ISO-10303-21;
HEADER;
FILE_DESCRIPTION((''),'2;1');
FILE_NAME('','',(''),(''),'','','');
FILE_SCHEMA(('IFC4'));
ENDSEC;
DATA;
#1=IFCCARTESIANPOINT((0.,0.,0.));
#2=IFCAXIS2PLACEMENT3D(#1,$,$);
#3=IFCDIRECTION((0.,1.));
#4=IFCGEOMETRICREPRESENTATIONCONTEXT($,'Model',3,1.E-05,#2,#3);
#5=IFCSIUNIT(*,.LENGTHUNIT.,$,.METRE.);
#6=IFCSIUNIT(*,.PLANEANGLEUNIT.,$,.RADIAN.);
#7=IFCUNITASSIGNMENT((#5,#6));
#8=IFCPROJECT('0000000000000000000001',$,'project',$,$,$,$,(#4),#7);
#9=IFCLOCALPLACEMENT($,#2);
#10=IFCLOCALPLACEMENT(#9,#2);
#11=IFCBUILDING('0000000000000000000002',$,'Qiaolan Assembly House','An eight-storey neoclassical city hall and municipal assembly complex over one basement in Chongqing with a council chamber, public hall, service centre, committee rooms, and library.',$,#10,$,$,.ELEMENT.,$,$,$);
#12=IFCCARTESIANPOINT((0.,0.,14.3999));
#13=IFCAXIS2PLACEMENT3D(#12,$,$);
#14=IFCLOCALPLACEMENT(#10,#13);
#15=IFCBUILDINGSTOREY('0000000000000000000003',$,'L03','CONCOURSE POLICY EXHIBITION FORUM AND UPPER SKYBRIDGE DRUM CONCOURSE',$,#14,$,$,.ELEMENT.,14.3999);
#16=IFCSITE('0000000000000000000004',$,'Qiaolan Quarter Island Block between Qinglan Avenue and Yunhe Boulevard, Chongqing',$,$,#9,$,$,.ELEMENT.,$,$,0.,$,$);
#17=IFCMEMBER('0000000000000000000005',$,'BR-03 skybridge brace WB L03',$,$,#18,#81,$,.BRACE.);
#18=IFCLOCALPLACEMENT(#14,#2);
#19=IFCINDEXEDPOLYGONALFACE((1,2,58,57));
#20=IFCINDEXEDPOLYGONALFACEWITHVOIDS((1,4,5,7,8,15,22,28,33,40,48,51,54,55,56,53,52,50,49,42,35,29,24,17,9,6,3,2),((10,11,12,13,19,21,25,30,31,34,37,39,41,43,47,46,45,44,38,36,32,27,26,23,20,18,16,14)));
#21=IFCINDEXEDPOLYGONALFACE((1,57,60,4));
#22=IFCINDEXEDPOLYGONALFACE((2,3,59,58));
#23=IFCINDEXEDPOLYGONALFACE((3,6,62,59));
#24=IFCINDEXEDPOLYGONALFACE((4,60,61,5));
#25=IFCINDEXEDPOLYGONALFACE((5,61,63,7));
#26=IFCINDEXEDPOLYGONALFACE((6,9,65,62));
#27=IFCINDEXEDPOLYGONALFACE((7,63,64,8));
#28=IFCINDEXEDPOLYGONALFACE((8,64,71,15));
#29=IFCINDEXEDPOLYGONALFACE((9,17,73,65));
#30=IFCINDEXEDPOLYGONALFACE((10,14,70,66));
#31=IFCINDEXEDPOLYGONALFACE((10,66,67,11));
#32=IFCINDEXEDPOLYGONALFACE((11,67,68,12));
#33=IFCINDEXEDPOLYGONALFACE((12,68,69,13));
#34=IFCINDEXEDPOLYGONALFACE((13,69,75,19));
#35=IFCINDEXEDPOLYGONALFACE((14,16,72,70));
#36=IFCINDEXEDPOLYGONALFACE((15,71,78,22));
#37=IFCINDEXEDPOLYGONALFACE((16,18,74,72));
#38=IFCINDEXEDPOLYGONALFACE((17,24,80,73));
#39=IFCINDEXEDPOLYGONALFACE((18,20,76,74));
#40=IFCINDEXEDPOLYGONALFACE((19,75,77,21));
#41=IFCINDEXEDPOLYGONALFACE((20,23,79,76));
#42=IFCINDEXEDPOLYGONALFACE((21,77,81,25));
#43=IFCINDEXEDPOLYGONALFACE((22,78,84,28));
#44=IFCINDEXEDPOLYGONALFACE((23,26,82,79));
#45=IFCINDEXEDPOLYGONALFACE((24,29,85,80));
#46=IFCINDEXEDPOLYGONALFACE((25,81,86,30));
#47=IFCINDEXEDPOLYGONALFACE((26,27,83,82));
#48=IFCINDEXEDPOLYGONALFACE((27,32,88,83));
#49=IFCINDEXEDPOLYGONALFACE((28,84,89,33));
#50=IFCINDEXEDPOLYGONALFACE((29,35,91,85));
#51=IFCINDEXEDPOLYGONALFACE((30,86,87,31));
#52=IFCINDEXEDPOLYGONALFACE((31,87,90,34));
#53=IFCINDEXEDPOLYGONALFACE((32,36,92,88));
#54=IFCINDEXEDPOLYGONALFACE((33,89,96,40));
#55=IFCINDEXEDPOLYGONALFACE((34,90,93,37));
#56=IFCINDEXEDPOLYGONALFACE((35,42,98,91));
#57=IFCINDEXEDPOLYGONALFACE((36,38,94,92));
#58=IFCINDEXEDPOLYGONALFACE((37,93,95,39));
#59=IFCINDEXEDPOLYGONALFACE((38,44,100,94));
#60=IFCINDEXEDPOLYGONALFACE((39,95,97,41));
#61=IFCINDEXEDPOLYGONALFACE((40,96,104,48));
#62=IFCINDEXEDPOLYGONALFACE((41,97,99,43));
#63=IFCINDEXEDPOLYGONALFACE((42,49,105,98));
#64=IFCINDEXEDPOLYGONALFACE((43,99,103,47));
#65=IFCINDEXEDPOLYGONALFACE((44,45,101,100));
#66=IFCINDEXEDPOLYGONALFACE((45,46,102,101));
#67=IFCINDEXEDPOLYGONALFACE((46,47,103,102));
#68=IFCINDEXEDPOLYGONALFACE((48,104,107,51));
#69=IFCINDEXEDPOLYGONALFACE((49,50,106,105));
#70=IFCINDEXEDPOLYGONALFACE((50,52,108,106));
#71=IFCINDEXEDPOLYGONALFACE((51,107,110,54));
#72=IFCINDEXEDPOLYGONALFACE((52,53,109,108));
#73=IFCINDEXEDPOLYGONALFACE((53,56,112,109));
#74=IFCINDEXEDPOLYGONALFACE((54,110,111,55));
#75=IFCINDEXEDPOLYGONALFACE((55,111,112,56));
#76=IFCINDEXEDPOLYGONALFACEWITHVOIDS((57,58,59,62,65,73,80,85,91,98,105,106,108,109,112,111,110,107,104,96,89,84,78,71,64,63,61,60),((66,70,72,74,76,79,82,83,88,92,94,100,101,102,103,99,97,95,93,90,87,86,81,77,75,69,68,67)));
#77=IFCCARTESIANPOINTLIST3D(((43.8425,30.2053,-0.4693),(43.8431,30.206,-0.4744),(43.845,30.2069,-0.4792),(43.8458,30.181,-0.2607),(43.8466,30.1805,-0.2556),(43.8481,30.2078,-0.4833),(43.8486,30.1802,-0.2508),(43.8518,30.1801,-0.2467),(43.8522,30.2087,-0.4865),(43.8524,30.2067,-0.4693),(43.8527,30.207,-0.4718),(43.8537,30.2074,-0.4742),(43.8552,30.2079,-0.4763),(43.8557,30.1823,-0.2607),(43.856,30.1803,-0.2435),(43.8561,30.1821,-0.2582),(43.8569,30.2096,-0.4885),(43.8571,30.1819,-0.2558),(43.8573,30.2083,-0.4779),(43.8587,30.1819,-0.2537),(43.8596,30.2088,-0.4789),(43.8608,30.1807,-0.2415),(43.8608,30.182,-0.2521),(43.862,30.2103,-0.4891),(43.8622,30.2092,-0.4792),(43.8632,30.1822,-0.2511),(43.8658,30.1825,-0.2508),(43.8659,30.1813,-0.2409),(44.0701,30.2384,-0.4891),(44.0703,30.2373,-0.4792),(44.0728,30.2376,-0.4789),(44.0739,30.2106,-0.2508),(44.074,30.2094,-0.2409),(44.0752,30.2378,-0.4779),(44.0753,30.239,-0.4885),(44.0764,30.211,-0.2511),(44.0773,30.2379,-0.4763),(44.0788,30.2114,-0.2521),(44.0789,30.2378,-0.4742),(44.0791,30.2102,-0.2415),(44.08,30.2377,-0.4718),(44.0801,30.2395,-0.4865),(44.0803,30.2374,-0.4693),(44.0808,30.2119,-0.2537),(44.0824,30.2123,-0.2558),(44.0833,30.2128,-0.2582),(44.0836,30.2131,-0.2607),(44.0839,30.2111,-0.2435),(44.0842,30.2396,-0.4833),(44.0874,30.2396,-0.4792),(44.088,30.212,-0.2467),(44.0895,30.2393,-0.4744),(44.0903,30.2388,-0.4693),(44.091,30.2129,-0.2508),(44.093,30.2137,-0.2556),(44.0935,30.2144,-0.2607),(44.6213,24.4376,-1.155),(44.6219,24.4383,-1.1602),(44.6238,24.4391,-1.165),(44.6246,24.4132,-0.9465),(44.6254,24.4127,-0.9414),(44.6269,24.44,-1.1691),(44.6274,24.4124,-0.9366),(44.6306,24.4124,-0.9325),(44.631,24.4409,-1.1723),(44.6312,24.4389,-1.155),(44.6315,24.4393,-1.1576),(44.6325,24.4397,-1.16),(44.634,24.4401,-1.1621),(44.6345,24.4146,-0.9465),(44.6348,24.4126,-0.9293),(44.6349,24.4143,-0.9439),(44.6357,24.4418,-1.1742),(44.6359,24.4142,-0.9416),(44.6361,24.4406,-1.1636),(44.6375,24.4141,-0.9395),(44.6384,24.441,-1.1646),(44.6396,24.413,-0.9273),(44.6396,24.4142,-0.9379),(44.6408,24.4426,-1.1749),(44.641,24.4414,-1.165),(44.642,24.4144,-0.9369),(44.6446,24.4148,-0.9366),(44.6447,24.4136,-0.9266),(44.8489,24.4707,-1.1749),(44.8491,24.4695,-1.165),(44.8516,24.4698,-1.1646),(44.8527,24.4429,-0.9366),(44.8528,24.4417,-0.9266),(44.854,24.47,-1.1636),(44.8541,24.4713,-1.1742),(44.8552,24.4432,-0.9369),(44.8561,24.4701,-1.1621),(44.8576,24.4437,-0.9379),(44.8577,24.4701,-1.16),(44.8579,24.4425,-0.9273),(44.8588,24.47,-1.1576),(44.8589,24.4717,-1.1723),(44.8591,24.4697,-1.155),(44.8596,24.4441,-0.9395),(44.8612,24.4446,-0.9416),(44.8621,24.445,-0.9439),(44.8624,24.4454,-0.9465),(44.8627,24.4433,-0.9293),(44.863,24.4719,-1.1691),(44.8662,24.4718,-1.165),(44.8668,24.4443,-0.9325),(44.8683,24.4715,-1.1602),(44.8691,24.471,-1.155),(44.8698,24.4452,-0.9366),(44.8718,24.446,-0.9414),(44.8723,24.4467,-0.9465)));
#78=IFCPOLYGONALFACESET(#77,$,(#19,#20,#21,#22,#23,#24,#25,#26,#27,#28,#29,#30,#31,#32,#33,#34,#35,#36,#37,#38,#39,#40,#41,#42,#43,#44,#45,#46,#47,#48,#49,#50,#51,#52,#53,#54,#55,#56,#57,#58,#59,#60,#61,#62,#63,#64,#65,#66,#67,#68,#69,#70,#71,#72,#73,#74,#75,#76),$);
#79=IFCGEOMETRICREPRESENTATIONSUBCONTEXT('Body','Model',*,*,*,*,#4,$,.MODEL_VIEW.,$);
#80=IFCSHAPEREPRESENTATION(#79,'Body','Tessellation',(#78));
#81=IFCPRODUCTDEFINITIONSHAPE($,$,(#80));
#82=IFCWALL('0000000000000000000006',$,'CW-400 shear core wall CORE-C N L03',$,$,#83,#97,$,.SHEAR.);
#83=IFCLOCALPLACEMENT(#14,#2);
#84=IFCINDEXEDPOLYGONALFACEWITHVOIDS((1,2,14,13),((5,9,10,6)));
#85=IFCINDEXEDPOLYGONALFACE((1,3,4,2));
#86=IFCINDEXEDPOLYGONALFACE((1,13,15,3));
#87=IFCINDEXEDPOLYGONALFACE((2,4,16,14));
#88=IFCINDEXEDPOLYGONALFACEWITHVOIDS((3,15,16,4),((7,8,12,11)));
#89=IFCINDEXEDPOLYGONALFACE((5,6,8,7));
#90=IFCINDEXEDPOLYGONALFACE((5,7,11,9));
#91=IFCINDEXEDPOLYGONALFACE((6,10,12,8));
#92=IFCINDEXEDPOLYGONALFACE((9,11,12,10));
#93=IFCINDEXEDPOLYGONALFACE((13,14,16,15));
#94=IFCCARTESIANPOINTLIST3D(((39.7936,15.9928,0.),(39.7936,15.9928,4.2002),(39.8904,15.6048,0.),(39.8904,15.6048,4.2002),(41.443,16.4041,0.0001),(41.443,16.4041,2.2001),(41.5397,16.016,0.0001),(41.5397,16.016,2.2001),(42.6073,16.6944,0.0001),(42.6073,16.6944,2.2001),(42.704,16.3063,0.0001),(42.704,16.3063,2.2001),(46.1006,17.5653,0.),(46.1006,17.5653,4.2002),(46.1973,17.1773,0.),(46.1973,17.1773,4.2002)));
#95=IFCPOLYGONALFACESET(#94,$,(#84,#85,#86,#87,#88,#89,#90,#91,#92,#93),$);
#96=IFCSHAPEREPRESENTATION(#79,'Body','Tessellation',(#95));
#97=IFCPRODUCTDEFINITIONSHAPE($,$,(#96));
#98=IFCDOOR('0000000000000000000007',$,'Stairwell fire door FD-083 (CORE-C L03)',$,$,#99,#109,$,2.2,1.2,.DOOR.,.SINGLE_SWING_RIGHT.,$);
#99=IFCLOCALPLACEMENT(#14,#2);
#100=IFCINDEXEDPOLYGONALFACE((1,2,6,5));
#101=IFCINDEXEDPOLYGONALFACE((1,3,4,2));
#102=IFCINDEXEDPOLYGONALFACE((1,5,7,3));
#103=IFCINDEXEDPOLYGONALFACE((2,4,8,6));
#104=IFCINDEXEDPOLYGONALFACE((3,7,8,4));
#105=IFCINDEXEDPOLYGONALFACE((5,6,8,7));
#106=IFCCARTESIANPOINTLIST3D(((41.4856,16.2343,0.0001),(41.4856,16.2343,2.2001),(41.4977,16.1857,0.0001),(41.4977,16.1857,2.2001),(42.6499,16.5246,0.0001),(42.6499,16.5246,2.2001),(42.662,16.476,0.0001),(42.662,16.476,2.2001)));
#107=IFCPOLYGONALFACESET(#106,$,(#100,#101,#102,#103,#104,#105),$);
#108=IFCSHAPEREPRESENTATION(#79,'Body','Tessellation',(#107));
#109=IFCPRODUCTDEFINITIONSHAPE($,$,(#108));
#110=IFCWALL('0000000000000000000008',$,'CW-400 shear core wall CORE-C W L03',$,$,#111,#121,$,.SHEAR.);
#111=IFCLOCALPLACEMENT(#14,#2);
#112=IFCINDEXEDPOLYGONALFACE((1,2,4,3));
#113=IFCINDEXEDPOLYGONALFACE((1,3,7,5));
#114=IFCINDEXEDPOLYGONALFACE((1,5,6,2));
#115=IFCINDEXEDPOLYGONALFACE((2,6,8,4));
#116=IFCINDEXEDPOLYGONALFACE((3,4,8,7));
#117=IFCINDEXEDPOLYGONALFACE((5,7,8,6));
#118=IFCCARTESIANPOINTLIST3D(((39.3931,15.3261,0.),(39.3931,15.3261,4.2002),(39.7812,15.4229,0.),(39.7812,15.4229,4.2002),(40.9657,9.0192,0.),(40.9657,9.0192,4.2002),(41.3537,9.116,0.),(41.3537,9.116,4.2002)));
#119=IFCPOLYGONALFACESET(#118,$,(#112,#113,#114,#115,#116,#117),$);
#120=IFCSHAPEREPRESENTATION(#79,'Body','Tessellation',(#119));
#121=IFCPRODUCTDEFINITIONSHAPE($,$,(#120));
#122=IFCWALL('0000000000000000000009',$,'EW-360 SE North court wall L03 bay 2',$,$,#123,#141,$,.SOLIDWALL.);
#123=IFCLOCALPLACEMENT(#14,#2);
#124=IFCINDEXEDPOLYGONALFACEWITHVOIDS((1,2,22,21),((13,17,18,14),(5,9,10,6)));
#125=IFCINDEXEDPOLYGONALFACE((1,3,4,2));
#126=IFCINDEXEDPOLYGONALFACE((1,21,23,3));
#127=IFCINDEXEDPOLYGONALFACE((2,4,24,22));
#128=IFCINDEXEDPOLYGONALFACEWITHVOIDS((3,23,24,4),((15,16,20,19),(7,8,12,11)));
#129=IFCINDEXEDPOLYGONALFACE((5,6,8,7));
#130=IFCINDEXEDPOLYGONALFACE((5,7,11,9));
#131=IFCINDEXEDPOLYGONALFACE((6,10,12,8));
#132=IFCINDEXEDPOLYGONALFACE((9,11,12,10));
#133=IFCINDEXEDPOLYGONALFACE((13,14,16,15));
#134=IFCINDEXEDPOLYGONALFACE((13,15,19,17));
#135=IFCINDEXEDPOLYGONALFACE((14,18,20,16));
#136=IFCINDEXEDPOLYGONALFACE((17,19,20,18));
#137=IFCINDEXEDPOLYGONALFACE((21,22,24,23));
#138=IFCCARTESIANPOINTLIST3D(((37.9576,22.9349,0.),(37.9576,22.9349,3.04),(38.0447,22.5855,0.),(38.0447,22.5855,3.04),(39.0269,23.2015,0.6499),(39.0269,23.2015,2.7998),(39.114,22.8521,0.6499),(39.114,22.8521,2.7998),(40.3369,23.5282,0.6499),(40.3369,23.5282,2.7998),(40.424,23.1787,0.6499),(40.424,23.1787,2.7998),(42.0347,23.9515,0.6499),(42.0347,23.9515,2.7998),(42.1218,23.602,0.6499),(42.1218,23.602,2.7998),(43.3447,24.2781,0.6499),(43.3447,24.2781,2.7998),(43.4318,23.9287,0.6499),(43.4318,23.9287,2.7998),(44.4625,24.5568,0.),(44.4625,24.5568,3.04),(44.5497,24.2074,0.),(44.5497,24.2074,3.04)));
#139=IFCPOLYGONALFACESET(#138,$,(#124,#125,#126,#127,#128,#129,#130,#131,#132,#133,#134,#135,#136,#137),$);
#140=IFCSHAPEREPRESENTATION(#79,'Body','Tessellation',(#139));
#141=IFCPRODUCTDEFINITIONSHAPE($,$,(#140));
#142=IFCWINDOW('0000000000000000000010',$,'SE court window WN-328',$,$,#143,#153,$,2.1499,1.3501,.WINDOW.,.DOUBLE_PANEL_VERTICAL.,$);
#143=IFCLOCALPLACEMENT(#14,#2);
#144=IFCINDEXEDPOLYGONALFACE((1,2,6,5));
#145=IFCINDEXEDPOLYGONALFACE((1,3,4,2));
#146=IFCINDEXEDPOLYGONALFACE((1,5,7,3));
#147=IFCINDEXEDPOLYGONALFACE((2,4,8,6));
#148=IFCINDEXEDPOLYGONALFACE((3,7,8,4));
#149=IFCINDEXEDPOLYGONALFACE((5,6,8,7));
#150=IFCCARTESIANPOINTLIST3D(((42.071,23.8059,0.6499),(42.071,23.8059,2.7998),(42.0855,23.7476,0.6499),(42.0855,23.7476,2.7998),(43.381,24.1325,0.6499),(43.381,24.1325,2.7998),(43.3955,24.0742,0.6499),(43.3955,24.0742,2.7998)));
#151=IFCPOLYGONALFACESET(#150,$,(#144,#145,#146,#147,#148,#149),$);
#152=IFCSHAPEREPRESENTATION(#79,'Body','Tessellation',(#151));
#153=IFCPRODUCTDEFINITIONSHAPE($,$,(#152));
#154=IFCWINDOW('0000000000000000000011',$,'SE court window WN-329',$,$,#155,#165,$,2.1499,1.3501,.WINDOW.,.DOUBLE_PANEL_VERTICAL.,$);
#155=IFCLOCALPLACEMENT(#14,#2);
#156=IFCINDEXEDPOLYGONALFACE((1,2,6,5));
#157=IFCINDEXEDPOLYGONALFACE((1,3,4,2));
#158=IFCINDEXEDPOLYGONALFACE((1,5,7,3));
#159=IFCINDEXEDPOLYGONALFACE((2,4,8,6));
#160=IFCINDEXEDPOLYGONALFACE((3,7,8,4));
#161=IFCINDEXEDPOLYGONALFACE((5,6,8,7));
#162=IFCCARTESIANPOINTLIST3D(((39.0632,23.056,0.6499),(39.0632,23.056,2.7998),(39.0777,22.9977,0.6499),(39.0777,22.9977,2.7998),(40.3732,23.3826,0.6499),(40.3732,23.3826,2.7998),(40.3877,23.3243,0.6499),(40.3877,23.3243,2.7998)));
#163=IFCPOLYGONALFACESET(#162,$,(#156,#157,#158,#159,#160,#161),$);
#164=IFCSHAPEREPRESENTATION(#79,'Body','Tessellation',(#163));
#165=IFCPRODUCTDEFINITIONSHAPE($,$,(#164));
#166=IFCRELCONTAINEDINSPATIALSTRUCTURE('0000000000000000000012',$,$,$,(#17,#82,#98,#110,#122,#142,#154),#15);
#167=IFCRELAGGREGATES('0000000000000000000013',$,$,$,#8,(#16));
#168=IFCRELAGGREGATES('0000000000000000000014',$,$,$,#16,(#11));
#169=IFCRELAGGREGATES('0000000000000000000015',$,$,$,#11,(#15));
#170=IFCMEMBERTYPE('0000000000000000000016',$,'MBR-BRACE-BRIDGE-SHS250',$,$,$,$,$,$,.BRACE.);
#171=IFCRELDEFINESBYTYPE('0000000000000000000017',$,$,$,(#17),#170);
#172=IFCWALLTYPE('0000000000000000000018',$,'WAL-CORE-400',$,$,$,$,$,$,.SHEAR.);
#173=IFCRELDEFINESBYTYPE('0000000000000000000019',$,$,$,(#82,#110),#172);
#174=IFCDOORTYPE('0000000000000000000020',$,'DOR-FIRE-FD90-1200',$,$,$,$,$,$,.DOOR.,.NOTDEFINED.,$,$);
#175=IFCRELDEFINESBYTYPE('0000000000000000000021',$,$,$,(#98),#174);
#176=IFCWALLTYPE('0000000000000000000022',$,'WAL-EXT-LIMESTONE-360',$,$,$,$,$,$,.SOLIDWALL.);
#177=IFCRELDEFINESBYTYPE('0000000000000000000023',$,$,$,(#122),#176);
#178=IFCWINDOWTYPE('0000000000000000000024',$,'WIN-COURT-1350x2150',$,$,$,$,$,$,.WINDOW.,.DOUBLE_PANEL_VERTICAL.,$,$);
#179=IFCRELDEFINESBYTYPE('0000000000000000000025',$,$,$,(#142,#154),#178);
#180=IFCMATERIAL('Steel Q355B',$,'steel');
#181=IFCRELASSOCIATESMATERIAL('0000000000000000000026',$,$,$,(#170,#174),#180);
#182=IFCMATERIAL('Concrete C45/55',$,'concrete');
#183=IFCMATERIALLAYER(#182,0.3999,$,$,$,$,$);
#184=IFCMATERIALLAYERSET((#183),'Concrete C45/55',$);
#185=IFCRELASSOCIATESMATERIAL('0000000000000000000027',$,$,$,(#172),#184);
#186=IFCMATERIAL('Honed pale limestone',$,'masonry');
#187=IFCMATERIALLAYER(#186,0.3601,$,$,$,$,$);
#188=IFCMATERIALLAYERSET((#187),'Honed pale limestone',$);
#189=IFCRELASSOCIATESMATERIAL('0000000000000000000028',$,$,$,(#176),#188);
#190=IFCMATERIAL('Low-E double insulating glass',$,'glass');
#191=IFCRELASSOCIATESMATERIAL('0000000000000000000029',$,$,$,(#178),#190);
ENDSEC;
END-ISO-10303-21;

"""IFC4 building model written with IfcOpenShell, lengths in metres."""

from ifc_helpers import new_model, si_unit, direction, frame, frame_2d, origin, origin_2d, place, context, subcontext, project, spatial, rectangle, hollow_rectangle, extrude, material, layer, layer_set, material_profile, profile_set, type_object, element, fill, save


model = new_model("IFC4")

# Units and contexts
model_context = context("Model", 3, precision=1e-05, world=origin(), true_north=direction((0.0, 1.0)))
body_context = subcontext(model_context, "Body", "Model", "MODEL_VIEW")
ifc_project = project(units=[si_unit("LENGTHUNIT", "METRE"), si_unit("PLANEANGLEUNIT", "RADIAN")], contexts=[model_context])

# Site, building, storey
site_placement = place(None, origin())
site = spatial("IfcSite", under=ifc_project, at=site_placement, Name="Qiaolan Quarter Island Block between Qinglan Avenue and Yunhe Boulevard, Chongqing", CompositionType="ELEMENT", RefElevation=0.0)
building_placement = place(site_placement, origin())
building = spatial("IfcBuilding", under=site, at=building_placement, Name="Qiaolan Assembly House", Description="An eight-storey neoclassical city hall and municipal assembly complex over one basement in Chongqing with a council chamber, public hall, service centre, committee rooms, and library.", CompositionType="ELEMENT")
storey_placement = place(building_placement, frame((0.0, 0.0, 14.3999)))
storey = spatial("IfcBuildingStorey", under=building, at=storey_placement, Name="L03", Description="CONCOURSE POLICY EXHIBITION FORUM AND UPPER SKYBRIDGE DRUM CONCOURSE", CompositionType="ELEMENT", Elevation=14.3999)

# Shared definitions
ifc_material_1 = material(Name="Concrete C45/55", Category="concrete")

# Member
ifc_material_2 = material(Name="Steel Q355B", Category="steel")
ifc_material_profile_1 = material_profile(ifc_material_2, hollow_rectangle(XDim=0.25, YDim=0.25, WallThickness=0.01, InnerFilletRadius=0.01, OuterFilletRadius=0.02, at=origin_2d()), Name="SHS 250x250x10")
ifc_profile_set_1 = profile_set([ifc_material_profile_1], Name="Steel Q355B")
member_type = type_object("IfcMemberType", Name="MBR-BRACE-BRIDGE-SHS250", PredefinedType="BRACE", material=ifc_profile_set_1)
member_placement = place(storey_placement, frame((44.7468, 24.4421, -1.0508), z_axis=(-0.132893, 0.984198, 0.117021), x_axis=(-0.991007, -0.133812, 0.0)))
element("IfcMember", 1, at=member_placement, inside=storey, type_object=member_type, Name="BR-03 skybridge brace WB L03", PredefinedType="BRACE", context=body_context, shape_type="SweptSolid", body=[
    extrude(hollow_rectangle(XDim=0.25, YDim=0.25, WallThickness=0.01, InnerFilletRadius=0.01, OuterFilletRadius=0.02, at=origin_2d()), origin(), (0.0, 0.0, 1.0), 5.8604),
])

# Wall, opening, door
ifc_layer_1 = layer(ifc_material_1, 0.3999)
ifc_layer_set_1 = layer_set([ifc_layer_1], Name="Concrete C45/55")
wall_type_1 = type_object("IfcWallType", Name="WAL-CORE-400", PredefinedType="SHEAR", material=ifc_layer_set_1)
wall_1_placement = place(storey_placement, frame((46.1489, 17.3713, 0.0), z_axis=(0.0, 0.0, 1.0), x_axis=(-0.970295, -0.241926, 0.0)))
wall_1 = element("IfcWall", 2, at=wall_1_placement, inside=storey, type_object=wall_type_1, Name="CW-400 shear core wall CORE-C N L03", PredefinedType="SHEAR", context=body_context, shape_type="SweptSolid", body=[
    extrude(rectangle(XDim=6.5, YDim=0.3999, at=frame_2d((3.25, 0.0))), origin(), (0.0, 0.0, 1.0), 4.2002),
])
opening_1_placement = place(wall_1_placement, frame((3.6001, 0.0, 0.0)))
opening_1 = element("IfcOpeningElement", 3, at=opening_1_placement, cuts=wall_1, PredefinedType="OPENING", context=body_context, shape_type="SweptSolid", body=[
    extrude(rectangle(XDim=1.2, YDim=2.2, at=frame_2d((0.6001, 1.1001))), frame((0.0, 0.21, 0.0), z_axis=(0.0, -1.0, 0.0), x_axis=(1.0, 0.0, 0.0)), (0.0, 0.0, 1.0), 0.4199),
])
door_type_1 = type_object("IfcDoorType", Name="DOR-FIRE-FD90-1200", OperationType="NOTDEFINED", PredefinedType="DOOR", material=ifc_material_2)
door_1_placement = place(opening_1_placement, frame((1.2, 0.0, 0.0), z_axis=(0.0, 0.0, 1.0), x_axis=(-1.0, 0.0, 0.0)))
door_1 = element("IfcDoor", 4, at=door_1_placement, inside=storey, type_object=door_type_1, Name="Stairwell fire door FD-083 (CORE-C L03)", OperationType="SINGLE_SWING_RIGHT", OverallHeight=2.2, OverallWidth=1.2, PredefinedType="DOOR", context=body_context, shape_type="SweptSolid", body=[
    extrude(rectangle(XDim=1.2, YDim=2.2, at=frame_2d((0.6001, 1.1001))), frame((0.0, 0.0249, 0.0), z_axis=(0.0, -1.0, 0.0), x_axis=(1.0, 0.0, 0.0)), (0.0, 0.0, 1.0), 0.05),
])
fill(opening_1, door_1)

# Wall
wall_2_placement = place(storey_placement, frame((39.5872, 15.3745, 0.0), z_axis=(0.0, 0.0, 1.0), x_axis=(0.241926, -0.970295, 0.0)))
element("IfcWall", 5, at=wall_2_placement, inside=storey, type_object=wall_type_1, Name="CW-400 shear core wall CORE-C W L03", PredefinedType="SHEAR", context=body_context, shape_type="SweptSolid", body=[
    extrude(rectangle(XDim=6.5, YDim=0.3999, at=frame_2d((3.25, 0.0))), origin(), (0.0, 0.0, 1.0), 4.2002),
])

# Wall, openings, windows
ifc_material_3 = material(Name="Honed pale limestone", Category="masonry")
ifc_layer_2 = layer(ifc_material_3, 0.3601)
ifc_layer_set_2 = layer_set([ifc_layer_2], Name="Honed pale limestone")
wall_type_2 = type_object("IfcWallType", Name="WAL-EXT-LIMESTONE-360", PredefinedType="SOLIDWALL", material=ifc_layer_set_2)
wall_3_placement = place(storey_placement, frame((44.5061, 24.3821, 0.0), z_axis=(0.0, 0.0, 1.0), x_axis=(-0.970297, -0.241919, 0.0)))
wall_3 = element("IfcWall", 6, at=wall_3_placement, inside=storey, type_object=wall_type_2, Name="EW-360 SE North court wall L03 bay 2", PredefinedType="SOLIDWALL", context=body_context, shape_type="SweptSolid", body=[
    extrude(rectangle(XDim=6.7041, YDim=0.3601, at=frame_2d((3.3521, 0.0))), origin(), (0.0, 0.0, 1.0), 3.04),
])
opening_2_placement = place(wall_3_placement, frame((1.1521, 0.0, 0.6499)))
opening_2 = element("IfcOpeningElement", 7, at=opening_2_placement, cuts=wall_3, PredefinedType="OPENING", context=body_context, shape_type="SweptSolid", body=[
    extrude(rectangle(XDim=1.3501, YDim=2.1499, at=frame_2d((0.675, 1.075))), frame((0.0, 0.1899, 0.0), z_axis=(0.0, -1.0, 0.0), x_axis=(1.0, 0.0, 0.0)), (0.0, 0.0, 1.0), 0.3801),
])
opening_3_placement = place(wall_3_placement, frame((4.252, 0.0, 0.6499)))
opening_3 = element("IfcOpeningElement", 8, at=opening_3_placement, cuts=wall_3, PredefinedType="OPENING", context=body_context, shape_type="SweptSolid", body=[
    extrude(rectangle(XDim=1.3501, YDim=2.1499, at=frame_2d((0.675, 1.075))), frame((0.0, 0.1899, 0.0), z_axis=(0.0, -1.0, 0.0), x_axis=(1.0, 0.0, 0.0)), (0.0, 0.0, 1.0), 0.3801),
])
ifc_material_4 = material(Name="Low-E double insulating glass", Category="glass")
window_type = type_object("IfcWindowType", Name="WIN-COURT-1350x2150", PartitioningType="DOUBLE_PANEL_VERTICAL", PredefinedType="WINDOW", material=ifc_material_4)
window_1_placement = place(opening_2_placement, origin())
window_1 = element("IfcWindow", 9, at=window_1_placement, inside=storey, type_object=window_type, Name="SE court window WN-328", OverallHeight=2.1499, OverallWidth=1.3501, PartitioningType="DOUBLE_PANEL_VERTICAL", PredefinedType="WINDOW", context=body_context, shape_type="SweptSolid", body=[
    extrude(rectangle(XDim=1.3501, YDim=2.1499, at=frame_2d((0.675, 1.075))), frame((0.0, 0.03, 0.0), z_axis=(0.0, -1.0, 0.0), x_axis=(1.0, 0.0, 0.0)), (0.0, 0.0, 1.0), 0.0601),
])
fill(opening_2, window_1)
window_2_placement = place(opening_3_placement, origin())
window_2 = element("IfcWindow", 10, at=window_2_placement, inside=storey, type_object=window_type, Name="SE court window WN-329", OverallHeight=2.1499, OverallWidth=1.3501, PartitioningType="DOUBLE_PANEL_VERTICAL", PredefinedType="WINDOW", context=body_context, shape_type="SweptSolid", body=[
    extrude(rectangle(XDim=1.3501, YDim=2.1499, at=frame_2d((0.675, 1.075))), frame((0.0, 0.03, 0.0), z_axis=(0.0, -1.0, 0.0), x_axis=(1.0, 0.0, 0.0)), (0.0, 0.0, 1.0), 0.0601),
])
fill(opening_3, window_2)

save(model, "model.ifc")
